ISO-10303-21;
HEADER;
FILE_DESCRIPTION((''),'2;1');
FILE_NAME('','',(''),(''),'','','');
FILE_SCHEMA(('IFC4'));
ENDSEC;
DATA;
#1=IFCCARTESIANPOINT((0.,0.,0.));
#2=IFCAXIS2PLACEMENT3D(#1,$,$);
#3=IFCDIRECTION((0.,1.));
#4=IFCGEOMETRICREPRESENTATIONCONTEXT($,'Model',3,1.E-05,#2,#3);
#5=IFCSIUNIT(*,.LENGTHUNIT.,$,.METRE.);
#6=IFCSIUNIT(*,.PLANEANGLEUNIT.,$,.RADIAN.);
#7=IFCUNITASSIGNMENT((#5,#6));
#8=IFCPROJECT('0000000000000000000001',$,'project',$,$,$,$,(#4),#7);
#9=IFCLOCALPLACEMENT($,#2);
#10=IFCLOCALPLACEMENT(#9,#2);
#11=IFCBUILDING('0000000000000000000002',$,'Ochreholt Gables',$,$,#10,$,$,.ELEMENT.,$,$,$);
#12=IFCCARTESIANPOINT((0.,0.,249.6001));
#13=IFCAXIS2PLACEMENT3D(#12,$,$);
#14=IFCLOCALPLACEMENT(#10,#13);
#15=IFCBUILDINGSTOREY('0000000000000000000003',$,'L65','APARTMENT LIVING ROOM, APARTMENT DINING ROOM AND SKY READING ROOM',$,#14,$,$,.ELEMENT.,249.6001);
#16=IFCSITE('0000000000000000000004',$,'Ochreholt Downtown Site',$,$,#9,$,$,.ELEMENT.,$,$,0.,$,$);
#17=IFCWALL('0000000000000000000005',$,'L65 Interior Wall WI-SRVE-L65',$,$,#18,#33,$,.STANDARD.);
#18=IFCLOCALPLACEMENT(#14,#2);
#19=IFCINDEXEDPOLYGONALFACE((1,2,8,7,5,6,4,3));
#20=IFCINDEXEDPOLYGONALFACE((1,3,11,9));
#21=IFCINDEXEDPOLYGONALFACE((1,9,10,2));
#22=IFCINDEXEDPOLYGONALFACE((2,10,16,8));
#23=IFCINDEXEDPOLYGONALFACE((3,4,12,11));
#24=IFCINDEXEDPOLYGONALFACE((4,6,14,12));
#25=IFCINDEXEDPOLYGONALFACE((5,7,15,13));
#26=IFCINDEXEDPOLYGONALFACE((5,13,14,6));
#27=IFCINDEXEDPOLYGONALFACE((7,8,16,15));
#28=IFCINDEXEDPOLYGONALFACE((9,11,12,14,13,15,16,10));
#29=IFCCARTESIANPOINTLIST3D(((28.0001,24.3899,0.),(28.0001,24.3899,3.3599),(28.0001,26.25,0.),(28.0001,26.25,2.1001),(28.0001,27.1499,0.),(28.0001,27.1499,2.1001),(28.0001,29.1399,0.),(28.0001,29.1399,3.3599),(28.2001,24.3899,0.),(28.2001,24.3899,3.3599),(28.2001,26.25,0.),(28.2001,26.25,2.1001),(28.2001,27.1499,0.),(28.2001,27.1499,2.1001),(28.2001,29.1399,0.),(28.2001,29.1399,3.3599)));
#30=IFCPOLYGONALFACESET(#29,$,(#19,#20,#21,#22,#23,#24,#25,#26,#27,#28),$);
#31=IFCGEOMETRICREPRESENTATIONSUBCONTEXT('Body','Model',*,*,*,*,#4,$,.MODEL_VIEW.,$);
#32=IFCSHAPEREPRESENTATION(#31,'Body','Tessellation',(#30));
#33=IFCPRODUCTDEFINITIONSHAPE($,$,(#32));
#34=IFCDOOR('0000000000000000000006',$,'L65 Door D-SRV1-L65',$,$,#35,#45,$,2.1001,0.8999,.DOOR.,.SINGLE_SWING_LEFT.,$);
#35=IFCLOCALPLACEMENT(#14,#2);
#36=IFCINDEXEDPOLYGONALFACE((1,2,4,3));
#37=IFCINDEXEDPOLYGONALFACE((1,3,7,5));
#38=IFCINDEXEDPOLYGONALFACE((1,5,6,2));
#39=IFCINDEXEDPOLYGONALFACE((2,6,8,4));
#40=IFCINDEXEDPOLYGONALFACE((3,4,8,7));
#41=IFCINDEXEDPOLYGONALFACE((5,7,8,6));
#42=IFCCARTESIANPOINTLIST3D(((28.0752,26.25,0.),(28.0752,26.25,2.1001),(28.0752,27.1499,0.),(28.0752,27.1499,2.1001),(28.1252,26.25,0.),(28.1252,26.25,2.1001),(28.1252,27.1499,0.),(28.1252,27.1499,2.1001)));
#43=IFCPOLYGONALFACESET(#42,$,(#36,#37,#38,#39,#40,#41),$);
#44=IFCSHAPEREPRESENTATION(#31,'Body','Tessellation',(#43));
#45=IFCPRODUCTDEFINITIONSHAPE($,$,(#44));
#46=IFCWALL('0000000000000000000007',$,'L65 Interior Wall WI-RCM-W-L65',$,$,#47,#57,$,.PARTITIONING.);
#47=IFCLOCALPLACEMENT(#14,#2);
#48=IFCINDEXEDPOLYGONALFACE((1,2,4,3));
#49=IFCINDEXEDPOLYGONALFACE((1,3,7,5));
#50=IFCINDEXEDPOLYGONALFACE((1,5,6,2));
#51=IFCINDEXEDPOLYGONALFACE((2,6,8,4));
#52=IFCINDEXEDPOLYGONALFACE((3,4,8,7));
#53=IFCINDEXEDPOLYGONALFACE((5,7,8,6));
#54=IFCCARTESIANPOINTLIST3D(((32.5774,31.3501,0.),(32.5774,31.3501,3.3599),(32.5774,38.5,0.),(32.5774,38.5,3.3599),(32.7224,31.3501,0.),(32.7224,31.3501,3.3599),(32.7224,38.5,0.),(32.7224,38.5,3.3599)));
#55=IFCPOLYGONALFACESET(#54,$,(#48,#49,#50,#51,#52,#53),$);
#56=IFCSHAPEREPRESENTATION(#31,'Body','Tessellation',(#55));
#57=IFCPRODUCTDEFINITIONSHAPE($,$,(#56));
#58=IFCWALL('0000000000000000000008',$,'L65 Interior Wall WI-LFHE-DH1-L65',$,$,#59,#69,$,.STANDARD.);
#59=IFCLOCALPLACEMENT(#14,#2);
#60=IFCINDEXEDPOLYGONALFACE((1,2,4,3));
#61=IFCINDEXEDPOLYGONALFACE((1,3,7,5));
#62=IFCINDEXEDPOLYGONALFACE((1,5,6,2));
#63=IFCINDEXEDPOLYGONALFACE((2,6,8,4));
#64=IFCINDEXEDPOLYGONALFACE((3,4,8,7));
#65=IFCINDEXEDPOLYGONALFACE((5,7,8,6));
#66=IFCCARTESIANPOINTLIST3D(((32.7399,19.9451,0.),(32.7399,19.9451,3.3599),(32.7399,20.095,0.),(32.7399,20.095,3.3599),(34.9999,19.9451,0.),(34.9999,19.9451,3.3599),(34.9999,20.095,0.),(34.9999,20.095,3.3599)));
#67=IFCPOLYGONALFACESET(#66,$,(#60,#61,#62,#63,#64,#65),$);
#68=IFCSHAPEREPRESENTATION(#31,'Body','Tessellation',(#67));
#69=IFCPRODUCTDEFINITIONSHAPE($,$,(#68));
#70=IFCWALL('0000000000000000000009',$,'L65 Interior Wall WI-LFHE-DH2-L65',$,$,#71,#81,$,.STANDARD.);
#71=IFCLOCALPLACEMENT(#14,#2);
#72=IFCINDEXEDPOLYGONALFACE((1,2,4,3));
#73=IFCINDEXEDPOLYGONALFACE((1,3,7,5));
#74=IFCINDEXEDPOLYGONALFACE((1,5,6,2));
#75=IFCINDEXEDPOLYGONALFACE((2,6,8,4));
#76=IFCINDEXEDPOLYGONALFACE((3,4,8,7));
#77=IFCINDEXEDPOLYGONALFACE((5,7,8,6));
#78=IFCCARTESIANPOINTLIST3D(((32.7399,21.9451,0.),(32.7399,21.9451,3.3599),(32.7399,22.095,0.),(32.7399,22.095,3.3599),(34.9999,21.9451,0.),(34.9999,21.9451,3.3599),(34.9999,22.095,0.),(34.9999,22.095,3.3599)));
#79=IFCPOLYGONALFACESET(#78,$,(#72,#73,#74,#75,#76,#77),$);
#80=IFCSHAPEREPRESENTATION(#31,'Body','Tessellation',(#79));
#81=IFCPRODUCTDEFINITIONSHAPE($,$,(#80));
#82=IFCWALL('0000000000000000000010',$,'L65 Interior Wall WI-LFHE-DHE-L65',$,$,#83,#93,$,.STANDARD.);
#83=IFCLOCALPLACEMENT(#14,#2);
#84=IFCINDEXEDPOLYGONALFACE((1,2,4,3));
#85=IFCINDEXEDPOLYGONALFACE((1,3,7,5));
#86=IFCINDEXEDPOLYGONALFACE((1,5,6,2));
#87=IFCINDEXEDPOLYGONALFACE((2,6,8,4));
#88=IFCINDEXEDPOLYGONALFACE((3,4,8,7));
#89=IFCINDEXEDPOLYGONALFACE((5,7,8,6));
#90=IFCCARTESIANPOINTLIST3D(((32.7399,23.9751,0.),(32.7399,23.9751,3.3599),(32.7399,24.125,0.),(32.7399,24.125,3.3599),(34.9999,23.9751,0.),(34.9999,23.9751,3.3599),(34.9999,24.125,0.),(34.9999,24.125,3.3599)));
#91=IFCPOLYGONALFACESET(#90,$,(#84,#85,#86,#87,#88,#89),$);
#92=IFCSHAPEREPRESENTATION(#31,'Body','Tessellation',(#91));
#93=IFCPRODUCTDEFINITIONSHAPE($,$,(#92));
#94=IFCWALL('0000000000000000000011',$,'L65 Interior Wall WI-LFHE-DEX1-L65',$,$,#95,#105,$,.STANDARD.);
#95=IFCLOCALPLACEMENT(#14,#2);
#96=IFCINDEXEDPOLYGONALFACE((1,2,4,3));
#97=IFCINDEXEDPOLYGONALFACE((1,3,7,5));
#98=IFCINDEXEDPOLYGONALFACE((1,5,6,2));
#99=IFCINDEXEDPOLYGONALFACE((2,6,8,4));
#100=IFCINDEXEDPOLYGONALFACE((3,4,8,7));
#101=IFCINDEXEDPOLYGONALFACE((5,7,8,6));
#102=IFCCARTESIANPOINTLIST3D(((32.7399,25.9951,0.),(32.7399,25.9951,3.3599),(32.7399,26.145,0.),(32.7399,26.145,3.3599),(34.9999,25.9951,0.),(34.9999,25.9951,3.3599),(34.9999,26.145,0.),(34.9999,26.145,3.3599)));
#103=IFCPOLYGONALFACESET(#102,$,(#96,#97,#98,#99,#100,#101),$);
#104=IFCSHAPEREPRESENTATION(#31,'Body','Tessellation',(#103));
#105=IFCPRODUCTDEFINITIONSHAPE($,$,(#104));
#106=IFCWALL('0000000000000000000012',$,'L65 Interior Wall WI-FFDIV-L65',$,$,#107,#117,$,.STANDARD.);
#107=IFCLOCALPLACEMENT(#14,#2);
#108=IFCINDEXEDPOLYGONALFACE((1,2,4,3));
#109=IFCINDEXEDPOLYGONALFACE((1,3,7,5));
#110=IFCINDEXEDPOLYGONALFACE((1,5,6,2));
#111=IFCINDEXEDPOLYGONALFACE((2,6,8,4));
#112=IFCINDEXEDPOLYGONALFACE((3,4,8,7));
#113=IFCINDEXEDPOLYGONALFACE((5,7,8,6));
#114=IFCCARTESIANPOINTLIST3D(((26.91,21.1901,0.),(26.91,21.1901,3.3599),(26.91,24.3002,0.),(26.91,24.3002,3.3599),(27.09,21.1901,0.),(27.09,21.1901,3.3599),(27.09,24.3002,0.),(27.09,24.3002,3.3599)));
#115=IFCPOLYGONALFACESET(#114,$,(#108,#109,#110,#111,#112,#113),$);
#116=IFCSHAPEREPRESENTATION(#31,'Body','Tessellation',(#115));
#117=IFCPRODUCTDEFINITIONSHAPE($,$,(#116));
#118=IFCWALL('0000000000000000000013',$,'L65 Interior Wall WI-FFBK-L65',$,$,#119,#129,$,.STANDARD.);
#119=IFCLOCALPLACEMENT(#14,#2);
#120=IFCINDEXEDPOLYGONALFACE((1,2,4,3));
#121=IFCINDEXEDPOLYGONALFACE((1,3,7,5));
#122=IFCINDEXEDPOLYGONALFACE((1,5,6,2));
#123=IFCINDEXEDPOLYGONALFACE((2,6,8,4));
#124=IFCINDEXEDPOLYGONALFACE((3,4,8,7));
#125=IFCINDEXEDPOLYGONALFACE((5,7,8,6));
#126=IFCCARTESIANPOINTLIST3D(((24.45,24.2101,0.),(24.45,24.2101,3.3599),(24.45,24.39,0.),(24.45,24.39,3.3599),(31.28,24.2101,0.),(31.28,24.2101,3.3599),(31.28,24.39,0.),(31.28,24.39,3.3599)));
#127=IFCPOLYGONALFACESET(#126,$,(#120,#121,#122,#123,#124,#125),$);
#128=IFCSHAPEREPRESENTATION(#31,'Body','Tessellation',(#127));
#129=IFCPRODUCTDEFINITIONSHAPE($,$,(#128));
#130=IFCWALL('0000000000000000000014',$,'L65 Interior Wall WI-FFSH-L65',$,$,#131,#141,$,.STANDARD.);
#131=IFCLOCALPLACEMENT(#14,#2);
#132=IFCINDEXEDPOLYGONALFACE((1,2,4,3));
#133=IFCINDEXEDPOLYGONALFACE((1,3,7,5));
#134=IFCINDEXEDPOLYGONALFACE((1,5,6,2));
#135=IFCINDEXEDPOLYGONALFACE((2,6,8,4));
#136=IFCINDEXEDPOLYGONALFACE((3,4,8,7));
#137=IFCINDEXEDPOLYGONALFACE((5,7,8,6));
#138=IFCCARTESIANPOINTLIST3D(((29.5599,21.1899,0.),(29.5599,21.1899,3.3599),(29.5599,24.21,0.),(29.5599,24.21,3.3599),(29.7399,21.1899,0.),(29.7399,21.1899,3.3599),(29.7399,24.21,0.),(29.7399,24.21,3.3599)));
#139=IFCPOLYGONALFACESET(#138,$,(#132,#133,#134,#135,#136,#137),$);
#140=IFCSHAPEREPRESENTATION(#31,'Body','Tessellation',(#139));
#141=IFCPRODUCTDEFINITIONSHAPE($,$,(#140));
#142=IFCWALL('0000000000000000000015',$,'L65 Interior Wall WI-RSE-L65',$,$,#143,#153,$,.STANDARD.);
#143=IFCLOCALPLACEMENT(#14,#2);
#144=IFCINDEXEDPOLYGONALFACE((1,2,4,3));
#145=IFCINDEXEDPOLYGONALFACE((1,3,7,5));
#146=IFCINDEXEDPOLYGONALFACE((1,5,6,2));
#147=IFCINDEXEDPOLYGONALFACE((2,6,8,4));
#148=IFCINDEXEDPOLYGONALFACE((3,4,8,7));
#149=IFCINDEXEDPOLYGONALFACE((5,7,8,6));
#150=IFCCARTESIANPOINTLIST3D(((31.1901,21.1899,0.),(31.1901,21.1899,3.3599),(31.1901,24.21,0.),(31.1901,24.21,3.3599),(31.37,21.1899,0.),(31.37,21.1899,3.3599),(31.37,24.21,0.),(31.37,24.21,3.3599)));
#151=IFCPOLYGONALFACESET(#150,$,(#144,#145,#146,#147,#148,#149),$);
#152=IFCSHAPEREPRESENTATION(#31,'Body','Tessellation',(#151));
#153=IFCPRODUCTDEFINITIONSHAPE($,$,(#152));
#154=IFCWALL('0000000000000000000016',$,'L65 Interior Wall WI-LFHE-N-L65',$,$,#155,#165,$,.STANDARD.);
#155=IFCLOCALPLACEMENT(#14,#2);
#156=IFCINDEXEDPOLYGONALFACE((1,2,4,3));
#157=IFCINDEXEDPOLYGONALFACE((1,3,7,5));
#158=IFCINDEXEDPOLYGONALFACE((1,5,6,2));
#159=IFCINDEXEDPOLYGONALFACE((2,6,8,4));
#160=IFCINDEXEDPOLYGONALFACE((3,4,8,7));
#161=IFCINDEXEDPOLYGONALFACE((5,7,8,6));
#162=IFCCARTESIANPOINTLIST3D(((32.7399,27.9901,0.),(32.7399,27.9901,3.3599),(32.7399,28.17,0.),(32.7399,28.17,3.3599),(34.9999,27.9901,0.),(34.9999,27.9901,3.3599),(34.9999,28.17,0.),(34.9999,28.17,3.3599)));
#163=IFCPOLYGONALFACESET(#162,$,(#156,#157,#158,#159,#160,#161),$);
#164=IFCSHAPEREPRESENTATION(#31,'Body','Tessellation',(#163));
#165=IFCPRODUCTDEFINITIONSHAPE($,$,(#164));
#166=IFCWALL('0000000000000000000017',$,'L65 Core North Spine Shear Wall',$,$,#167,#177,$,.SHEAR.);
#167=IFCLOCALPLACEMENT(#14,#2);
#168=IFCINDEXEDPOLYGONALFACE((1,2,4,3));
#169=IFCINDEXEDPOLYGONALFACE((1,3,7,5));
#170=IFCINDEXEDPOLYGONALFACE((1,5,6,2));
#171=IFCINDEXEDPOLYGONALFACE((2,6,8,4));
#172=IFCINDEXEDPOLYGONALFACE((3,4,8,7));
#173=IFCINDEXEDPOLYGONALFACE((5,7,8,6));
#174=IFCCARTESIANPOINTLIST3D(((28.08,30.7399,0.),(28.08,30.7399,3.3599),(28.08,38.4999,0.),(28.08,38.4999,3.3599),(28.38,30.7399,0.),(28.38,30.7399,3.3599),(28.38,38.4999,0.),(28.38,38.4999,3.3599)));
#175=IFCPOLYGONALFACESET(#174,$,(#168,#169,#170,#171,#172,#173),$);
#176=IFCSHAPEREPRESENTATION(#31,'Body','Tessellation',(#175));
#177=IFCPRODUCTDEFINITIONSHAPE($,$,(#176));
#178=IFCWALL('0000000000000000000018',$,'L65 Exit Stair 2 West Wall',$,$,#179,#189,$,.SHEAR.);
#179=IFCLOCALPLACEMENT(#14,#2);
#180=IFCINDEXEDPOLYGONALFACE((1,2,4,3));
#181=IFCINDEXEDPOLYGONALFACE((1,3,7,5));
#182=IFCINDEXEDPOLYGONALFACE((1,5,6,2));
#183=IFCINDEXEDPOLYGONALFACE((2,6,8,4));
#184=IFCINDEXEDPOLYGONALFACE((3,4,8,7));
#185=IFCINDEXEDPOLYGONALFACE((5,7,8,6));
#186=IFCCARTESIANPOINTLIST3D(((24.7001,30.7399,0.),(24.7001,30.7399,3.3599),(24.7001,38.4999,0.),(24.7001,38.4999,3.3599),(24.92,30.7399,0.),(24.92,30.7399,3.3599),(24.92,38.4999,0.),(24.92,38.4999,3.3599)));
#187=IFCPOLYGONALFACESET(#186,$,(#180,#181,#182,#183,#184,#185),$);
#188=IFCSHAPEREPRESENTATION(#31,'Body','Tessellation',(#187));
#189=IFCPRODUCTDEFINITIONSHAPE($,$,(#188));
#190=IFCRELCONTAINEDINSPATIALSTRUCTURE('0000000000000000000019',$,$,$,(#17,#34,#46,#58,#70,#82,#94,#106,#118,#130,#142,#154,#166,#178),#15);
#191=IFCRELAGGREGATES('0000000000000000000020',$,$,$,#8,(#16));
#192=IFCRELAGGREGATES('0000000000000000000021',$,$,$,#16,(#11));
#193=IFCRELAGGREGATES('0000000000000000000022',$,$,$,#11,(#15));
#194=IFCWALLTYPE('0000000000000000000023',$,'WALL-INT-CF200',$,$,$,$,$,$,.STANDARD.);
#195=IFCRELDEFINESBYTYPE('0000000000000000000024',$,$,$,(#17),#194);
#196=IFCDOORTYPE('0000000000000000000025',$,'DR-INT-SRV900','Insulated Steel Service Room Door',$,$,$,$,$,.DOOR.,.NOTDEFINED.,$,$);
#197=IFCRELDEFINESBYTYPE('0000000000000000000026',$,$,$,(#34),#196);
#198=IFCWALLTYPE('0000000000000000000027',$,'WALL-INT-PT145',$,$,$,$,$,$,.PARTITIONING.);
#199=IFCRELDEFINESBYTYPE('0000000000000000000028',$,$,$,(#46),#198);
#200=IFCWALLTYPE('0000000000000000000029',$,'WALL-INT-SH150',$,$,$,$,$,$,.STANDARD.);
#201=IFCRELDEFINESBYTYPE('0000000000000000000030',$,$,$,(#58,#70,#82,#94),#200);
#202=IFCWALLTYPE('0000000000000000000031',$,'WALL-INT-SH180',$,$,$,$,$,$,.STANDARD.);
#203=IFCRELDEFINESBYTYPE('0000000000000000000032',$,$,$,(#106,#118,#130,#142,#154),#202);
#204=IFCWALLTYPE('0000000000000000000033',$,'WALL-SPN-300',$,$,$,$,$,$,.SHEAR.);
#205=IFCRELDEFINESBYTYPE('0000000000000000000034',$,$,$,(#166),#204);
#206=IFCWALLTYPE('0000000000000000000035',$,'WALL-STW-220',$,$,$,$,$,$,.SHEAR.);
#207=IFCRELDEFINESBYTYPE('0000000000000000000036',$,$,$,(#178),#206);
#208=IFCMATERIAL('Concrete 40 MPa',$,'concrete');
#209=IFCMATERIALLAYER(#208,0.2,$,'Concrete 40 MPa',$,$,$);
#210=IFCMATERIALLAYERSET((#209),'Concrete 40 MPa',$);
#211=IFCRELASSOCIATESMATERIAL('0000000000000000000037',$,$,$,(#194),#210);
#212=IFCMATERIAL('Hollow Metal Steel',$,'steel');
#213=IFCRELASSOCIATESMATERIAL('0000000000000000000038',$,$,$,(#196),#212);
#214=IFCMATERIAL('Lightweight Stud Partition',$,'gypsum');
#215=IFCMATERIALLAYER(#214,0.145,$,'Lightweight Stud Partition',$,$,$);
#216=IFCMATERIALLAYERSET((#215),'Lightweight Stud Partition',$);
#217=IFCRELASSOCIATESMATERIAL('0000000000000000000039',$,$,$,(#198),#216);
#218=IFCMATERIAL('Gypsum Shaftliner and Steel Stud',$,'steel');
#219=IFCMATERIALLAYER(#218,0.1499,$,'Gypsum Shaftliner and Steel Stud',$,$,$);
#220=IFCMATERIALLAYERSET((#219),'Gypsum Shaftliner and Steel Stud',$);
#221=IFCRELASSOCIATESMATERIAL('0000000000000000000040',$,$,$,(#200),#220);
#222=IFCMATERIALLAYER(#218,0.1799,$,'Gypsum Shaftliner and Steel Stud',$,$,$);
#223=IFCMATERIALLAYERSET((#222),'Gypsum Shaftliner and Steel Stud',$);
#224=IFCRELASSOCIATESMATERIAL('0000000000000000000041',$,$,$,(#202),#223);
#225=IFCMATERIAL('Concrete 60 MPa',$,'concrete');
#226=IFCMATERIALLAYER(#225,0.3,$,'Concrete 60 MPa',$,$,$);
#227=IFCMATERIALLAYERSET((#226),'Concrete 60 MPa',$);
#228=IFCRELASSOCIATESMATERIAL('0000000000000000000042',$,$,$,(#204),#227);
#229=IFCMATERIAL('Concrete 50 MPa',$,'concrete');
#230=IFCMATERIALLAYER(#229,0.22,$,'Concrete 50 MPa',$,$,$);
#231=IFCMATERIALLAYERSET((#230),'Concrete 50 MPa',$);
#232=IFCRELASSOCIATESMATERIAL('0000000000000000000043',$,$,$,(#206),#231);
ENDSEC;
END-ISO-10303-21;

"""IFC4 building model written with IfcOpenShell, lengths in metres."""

from ifc_helpers import new_model, si_unit, direction, frame, frame_2d, origin, place, context, subcontext, project, spatial, rectangle, extrude, material, layer, layer_set, type_object, element, fill, save


model = new_model("IFC4")

# Units and contexts
model_context = context("Model", 3, precision=1e-05, world=origin(), true_north=direction((0.0, 1.0)))
body_context = subcontext(model_context, "Body", "Model", "MODEL_VIEW")
ifc_project = project(units=[si_unit("LENGTHUNIT", "METRE"), si_unit("PLANEANGLEUNIT", "RADIAN")], contexts=[model_context])

# Site, building, storey
site_placement = place(None, origin())
site = spatial("IfcSite", under=ifc_project, at=site_placement, Name="Ochreholt Downtown Site", CompositionType="ELEMENT", RefElevation=0.0)
building_placement = place(site_placement, origin())
building = spatial("IfcBuilding", under=site, at=building_placement, Name="Ochreholt Gables", CompositionType="ELEMENT")
storey_placement = place(building_placement, frame((0.0, 0.0, 249.6001)))
storey = spatial("IfcBuildingStorey", under=building, at=storey_placement, Name="L65", Description="APARTMENT LIVING ROOM, APARTMENT DINING ROOM AND SKY READING ROOM", CompositionType="ELEMENT", Elevation=249.6001)

# Shared definitions
ifc_material_1 = material(Name="Concrete 50 MPa", Category="concrete")

# Shared definitions
ifc_material_2 = material(Name="Concrete 40 MPa", Category="concrete")
ifc_layer_1 = layer(ifc_material_2, 0.2, Name="Concrete 40 MPa")
ifc_layer_set_1 = layer_set([ifc_layer_1], Name="Concrete 40 MPa")
wall_type_1 = type_object("IfcWallType", Name="WALL-INT-CF200", PredefinedType="STANDARD", material=ifc_layer_set_1)

# Wall, opening, door
wall_1_placement = place(storey_placement, frame((28.1001, 24.3899, 0.0), z_axis=(0.0, 0.0, 1.0), x_axis=(0.0, 1.0, 0.0)))
wall_1 = element("IfcWall", 1, at=wall_1_placement, inside=storey, type_object=wall_type_1, Name="L65 Interior Wall WI-SRVE-L65", PredefinedType="STANDARD", context=body_context, shape_type="SweptSolid", body=[
    extrude(rectangle(XDim=4.75, YDim=0.2, at=frame_2d((2.375, 0.0))), origin(), (0.0, 0.0, 1.0), 3.3599),
])
opening_1_placement = place(wall_1_placement, frame((1.8601, 0.0, 0.0)))
opening_1 = element("IfcOpeningElement", 2, at=opening_1_placement, cuts=wall_1, PredefinedType="OPENING", context=body_context, shape_type="SweptSolid", body=[
    extrude(rectangle(XDim=0.8999, YDim=2.1001, at=frame_2d((0.45, 1.05))), frame((0.0, 0.1099, 0.0), z_axis=(0.0, -1.0, 0.0), x_axis=(1.0, 0.0, 0.0)), (0.0, 0.0, 1.0), 0.22),
])
ifc_material_3 = material(Name="Hollow Metal Steel", Category="steel")
door_type_1 = type_object("IfcDoorType", Name="DR-INT-SRV900", Description="Insulated Steel Service Room Door", OperationType="NOTDEFINED", PredefinedType="DOOR", material=ifc_material_3)
door_1_placement = place(opening_1_placement, origin())
door_1 = element("IfcDoor", 3, at=door_1_placement, inside=storey, type_object=door_type_1, Name="L65 Door D-SRV1-L65", OperationType="SINGLE_SWING_LEFT", OverallHeight=2.1001, OverallWidth=0.8999, PredefinedType="DOOR", context=body_context, shape_type="SweptSolid", body=[
    extrude(rectangle(XDim=0.8999, YDim=2.1001, at=frame_2d((0.45, 1.05))), frame((0.0, 0.0249, 0.0), z_axis=(0.0, -1.0, 0.0), x_axis=(1.0, 0.0, 0.0)), (0.0, 0.0, 1.0), 0.05),
])
fill(opening_1, door_1)

# Walls
ifc_material_4 = material(Name="Lightweight Stud Partition", Category="gypsum")
ifc_layer_2 = layer(ifc_material_4, 0.145, Name="Lightweight Stud Partition")
ifc_layer_set_2 = layer_set([ifc_layer_2], Name="Lightweight Stud Partition")
wall_type_2 = type_object("IfcWallType", Name="WALL-INT-PT145", PredefinedType="PARTITIONING", material=ifc_layer_set_2)
wall_2_placement = place(storey_placement, frame((32.6499, 31.3501, 0.0), z_axis=(0.0, 0.0, 1.0), x_axis=(0.0, 1.0, 0.0)))
element("IfcWall", 4, at=wall_2_placement, inside=storey, type_object=wall_type_2, Name="L65 Interior Wall WI-RCM-W-L65", PredefinedType="PARTITIONING", context=body_context, shape_type="SweptSolid", body=[
    extrude(rectangle(XDim=7.1499, YDim=0.145, at=frame_2d((3.575, 0.0))), origin(), (0.0, 0.0, 1.0), 3.3599),
])
ifc_material_5 = material(Name="Gypsum Shaftliner and Steel Stud", Category="steel")
ifc_layer_3 = layer(ifc_material_5, 0.1499, Name="Gypsum Shaftliner and Steel Stud")
ifc_layer_set_3 = layer_set([ifc_layer_3], Name="Gypsum Shaftliner and Steel Stud")
wall_type_3 = type_object("IfcWallType", Name="WALL-INT-SH150", PredefinedType="STANDARD", material=ifc_layer_set_3)
for number, where, z_axis, x_axis, name in (
    (5, (32.74, 20.02, 0.0), (0.0, 0.0, 1.0), (1.0, 0.0, 0.0), "L65 Interior Wall WI-LFHE-DH1-L65"),
    (6, (32.74, 22.02, 0.0), (0.0, 0.0, 1.0), (1.0, 0.0, 0.0), "L65 Interior Wall WI-LFHE-DH2-L65"),
    (7, (32.74, 24.05, 0.0), (0.0, 0.0, 1.0), (1.0, 0.0, 0.0), "L65 Interior Wall WI-LFHE-DHE-L65"),
    (8, (32.74, 26.0701, 0.0), (0.0, 0.0, 1.0), (1.0, 0.0, 0.0), "L65 Interior Wall WI-LFHE-DEX1-L65"),
):
    element("IfcWall", number, at=place(storey_placement, frame(where, z_axis=z_axis, x_axis=x_axis)), inside=storey, type_object=wall_type_3, Name=name, PredefinedType="STANDARD", context=body_context, shape_type="SweptSolid", body=[
        extrude(rectangle(XDim=2.26, YDim=0.1499, at=frame_2d((1.1299, 0.0))), origin(), (0.0, 0.0, 1.0), 3.3599),
    ])
ifc_layer_4 = layer(ifc_material_5, 0.1799, Name="Gypsum Shaftliner and Steel Stud")
ifc_layer_set_4 = layer_set([ifc_layer_4], Name="Gypsum Shaftliner and Steel Stud")
wall_type_4 = type_object("IfcWallType", Name="WALL-INT-SH180", PredefinedType="STANDARD", material=ifc_layer_set_4)
wall_3_placement = place(storey_placement, frame((27.0, 21.1899, 0.0), z_axis=(0.0, 0.0, 1.0), x_axis=(0.0, 1.0, 0.0)))
element("IfcWall", 9, at=wall_3_placement, inside=storey, type_object=wall_type_4, Name="L65 Interior Wall WI-FFDIV-L65", PredefinedType="STANDARD", context=body_context, shape_type="SweptSolid", body=[
    extrude(rectangle(XDim=3.1101, YDim=0.1799, at=frame_2d((1.5552, 0.0))), origin(), (0.0, 0.0, 1.0), 3.3599),
])
wall_4_placement = place(storey_placement, frame((24.45, 24.3, 0.0), z_axis=(0.0, 0.0, 1.0), x_axis=(1.0, 0.0, 0.0)))
element("IfcWall", 10, at=wall_4_placement, inside=storey, type_object=wall_type_4, Name="L65 Interior Wall WI-FFBK-L65", PredefinedType="STANDARD", context=body_context, shape_type="SweptSolid", body=[
    extrude(rectangle(XDim=6.8301, YDim=0.1799, at=frame_2d((3.415, 0.0))), origin(), (0.0, 0.0, 1.0), 3.3599),
])
for number, where, z_axis, x_axis, name in (
    (11, (29.6499, 21.1899, 0.0), (0.0, 0.0, 1.0), (0.0, 1.0, 0.0), "L65 Interior Wall WI-FFSH-L65"),
    (12, (31.28, 21.1899, 0.0), (0.0, 0.0, 1.0), (0.0, 1.0, 0.0), "L65 Interior Wall WI-RSE-L65"),
):
    element("IfcWall", number, at=place(storey_placement, frame(where, z_axis=z_axis, x_axis=x_axis)), inside=storey, type_object=wall_type_4, Name=name, PredefinedType="STANDARD", context=body_context, shape_type="SweptSolid", body=[
        extrude(rectangle(XDim=3.02, YDim=0.1799, at=frame_2d((1.51, 0.0))), origin(), (0.0, 0.0, 1.0), 3.3599),
    ])
wall_5_placement = place(storey_placement, frame((32.74, 28.0801, 0.0), z_axis=(0.0, 0.0, 1.0), x_axis=(1.0, 0.0, 0.0)))
element("IfcWall", 13, at=wall_5_placement, inside=storey, type_object=wall_type_4, Name="L65 Interior Wall WI-LFHE-N-L65", PredefinedType="STANDARD", context=body_context, shape_type="SweptSolid", body=[
    extrude(rectangle(XDim=2.26, YDim=0.1799, at=frame_2d((1.1299, 0.0))), origin(), (0.0, 0.0, 1.0), 3.3599),
])
ifc_material_6 = material(Name="Concrete 60 MPa", Category="concrete")
ifc_layer_5 = layer(ifc_material_6, 0.3, Name="Concrete 60 MPa")
ifc_layer_set_5 = layer_set([ifc_layer_5], Name="Concrete 60 MPa")
wall_type_5 = type_object("IfcWallType", Name="WALL-SPN-300", PredefinedType="SHEAR", material=ifc_layer_set_5)
wall_6_placement = place(storey_placement, frame((28.23, 30.74, 0.0), z_axis=(0.0, 0.0, 1.0), x_axis=(0.0, 1.0, 0.0)))
element("IfcWall", 14, at=wall_6_placement, inside=storey, type_object=wall_type_5, Name="L65 Core North Spine Shear Wall", PredefinedType="SHEAR", context=body_context, shape_type="SweptSolid", body=[
    extrude(rectangle(XDim=7.76, YDim=0.3, at=frame_2d((3.8799, 0.0))), origin(), (0.0, 0.0, 1.0), 3.3599),
])
ifc_layer_6 = layer(ifc_material_1, 0.22, Name="Concrete 50 MPa")
ifc_layer_set_6 = layer_set([ifc_layer_6], Name="Concrete 50 MPa")
wall_type_6 = type_object("IfcWallType", Name="WALL-STW-220", PredefinedType="SHEAR", material=ifc_layer_set_6)
wall_7_placement = place(storey_placement, frame((24.8101, 30.74, 0.0), z_axis=(0.0, 0.0, 1.0), x_axis=(0.0, 1.0, 0.0)))
element("IfcWall", 15, at=wall_7_placement, inside=storey, type_object=wall_type_6, Name="L65 Exit Stair 2 West Wall", PredefinedType="SHEAR", context=body_context, shape_type="SweptSolid", body=[
    extrude(rectangle(XDim=7.76, YDim=0.22, at=frame_2d((3.8799, 0.0))), origin(), (0.0, 0.0, 1.0), 3.3599),
])

save(model, "model.ifc")
